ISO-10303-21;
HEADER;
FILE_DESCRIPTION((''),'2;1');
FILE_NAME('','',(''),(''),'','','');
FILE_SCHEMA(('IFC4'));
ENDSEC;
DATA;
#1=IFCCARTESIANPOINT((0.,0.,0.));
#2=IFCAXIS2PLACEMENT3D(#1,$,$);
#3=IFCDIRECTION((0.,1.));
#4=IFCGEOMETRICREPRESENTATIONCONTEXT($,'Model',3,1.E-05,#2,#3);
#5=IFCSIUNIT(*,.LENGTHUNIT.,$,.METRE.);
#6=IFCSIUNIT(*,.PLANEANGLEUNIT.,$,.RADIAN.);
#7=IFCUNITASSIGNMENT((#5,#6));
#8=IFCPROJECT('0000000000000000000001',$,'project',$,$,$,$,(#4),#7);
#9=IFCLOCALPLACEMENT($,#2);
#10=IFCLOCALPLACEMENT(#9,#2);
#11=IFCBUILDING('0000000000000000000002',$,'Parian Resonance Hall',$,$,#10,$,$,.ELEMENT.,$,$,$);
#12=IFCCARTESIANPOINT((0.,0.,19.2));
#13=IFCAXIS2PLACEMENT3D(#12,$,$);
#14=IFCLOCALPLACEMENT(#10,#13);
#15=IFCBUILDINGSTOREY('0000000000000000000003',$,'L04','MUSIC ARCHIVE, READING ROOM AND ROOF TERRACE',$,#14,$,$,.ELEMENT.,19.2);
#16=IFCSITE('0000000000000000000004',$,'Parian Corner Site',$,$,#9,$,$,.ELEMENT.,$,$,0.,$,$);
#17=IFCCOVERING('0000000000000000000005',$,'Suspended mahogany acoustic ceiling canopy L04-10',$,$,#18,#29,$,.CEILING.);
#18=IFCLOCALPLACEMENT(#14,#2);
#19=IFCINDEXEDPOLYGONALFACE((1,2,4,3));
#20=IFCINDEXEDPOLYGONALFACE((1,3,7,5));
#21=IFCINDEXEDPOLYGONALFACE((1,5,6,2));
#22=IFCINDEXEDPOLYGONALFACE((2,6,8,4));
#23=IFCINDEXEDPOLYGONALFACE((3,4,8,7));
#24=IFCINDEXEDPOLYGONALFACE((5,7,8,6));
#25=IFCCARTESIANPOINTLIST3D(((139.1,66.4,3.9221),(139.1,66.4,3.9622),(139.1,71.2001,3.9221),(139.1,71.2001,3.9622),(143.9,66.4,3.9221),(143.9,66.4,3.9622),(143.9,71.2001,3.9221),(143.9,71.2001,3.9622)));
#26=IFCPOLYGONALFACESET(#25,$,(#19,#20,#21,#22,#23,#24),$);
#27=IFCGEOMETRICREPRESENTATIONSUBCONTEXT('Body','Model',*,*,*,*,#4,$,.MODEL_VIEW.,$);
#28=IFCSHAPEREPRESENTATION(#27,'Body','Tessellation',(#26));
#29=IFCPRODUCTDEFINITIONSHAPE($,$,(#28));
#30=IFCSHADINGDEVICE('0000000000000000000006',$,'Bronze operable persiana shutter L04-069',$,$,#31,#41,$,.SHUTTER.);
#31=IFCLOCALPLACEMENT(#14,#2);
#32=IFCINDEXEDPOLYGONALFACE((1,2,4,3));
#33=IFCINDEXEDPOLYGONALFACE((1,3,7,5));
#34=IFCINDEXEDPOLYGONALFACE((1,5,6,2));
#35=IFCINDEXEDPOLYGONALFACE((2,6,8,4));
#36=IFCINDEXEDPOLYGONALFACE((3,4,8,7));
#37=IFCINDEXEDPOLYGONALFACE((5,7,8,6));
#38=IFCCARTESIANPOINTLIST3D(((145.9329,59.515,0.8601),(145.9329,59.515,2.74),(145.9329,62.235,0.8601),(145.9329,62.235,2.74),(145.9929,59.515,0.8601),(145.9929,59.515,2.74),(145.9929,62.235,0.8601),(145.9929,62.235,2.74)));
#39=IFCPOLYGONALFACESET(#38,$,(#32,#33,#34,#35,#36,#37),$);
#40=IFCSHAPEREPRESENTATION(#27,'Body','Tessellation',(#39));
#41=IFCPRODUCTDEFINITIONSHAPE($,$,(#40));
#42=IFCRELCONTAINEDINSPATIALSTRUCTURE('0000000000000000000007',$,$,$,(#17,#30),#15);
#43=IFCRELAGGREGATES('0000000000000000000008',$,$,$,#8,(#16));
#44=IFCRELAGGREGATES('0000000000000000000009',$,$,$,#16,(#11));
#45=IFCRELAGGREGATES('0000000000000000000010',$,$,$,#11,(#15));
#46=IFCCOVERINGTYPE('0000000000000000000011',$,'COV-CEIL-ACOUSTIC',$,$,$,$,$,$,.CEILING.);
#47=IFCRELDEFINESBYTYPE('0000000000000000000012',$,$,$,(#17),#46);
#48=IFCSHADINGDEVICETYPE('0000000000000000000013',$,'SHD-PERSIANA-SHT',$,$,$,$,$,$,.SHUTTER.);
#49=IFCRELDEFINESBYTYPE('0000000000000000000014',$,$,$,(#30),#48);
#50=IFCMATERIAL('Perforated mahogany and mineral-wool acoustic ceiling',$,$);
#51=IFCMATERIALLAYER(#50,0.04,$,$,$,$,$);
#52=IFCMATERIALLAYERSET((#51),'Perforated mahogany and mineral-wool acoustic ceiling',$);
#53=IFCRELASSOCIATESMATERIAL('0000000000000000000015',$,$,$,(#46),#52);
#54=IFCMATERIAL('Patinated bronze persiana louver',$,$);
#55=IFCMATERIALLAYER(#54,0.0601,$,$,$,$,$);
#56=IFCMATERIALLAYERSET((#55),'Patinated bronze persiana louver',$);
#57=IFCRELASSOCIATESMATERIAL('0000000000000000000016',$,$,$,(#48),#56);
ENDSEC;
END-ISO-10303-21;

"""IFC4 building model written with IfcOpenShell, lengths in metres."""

from ifc_helpers import new_model, si_unit, direction, frame, origin, origin_2d, place, context, subcontext, project, spatial, rectangle, extrude, material, layer, layer_set, type_object, element, save


model = new_model("IFC4")

# Units and contexts
model_context = context("Model", 3, precision=1e-05, world=origin(), true_north=direction((0.0, 1.0)))
body_context = subcontext(model_context, "Body", "Model", "MODEL_VIEW")
ifc_project = project(units=[si_unit("LENGTHUNIT", "METRE"), si_unit("PLANEANGLEUNIT", "RADIAN")], contexts=[model_context])

# Site, building, storey
site_placement = place(None, origin())
site = spatial("IfcSite", under=ifc_project, at=site_placement, Name="Parian Corner Site", CompositionType="ELEMENT", RefElevation=0.0)
building_placement = place(site_placement, origin())
building = spatial("IfcBuilding", under=site, at=building_placement, Name="Parian Resonance Hall", CompositionType="ELEMENT")
storey_placement = place(building_placement, frame((0.0, 0.0, 19.2)))
storey = spatial("IfcBuildingStorey", under=building, at=storey_placement, Name="L04", Description="MUSIC ARCHIVE, READING ROOM AND ROOF TERRACE", CompositionType="ELEMENT", Elevation=19.2)

# Covering
ifc_material_1 = material(Name="Perforated mahogany and mineral-wool acoustic ceiling")
ifc_layer_1 = layer(ifc_material_1, 0.04)
ifc_layer_set_1 = layer_set([ifc_layer_1], Name="Perforated mahogany and mineral-wool acoustic ceiling")
covering_type = type_object("IfcCoveringType", Name="COV-CEIL-ACOUSTIC", PredefinedType="CEILING", material=ifc_layer_set_1)
covering_placement = place(storey_placement, frame((141.5, 68.8, 3.9221), z_axis=(0.0, 0.0, 1.0), x_axis=(1.0, 0.0, 0.0)))
element("IfcCovering", 1, at=covering_placement, inside=storey, type_object=covering_type, Name="Suspended mahogany acoustic ceiling canopy L04-10", PredefinedType="CEILING", context=body_context, shape_type="SweptSolid", body=[
    extrude(rectangle(XDim=4.8, YDim=4.8, at=origin_2d()), origin(), (0.0, 0.0, 1.0), 0.04),
])

# Shading device
ifc_material_2 = material(Name="Patinated bronze persiana louver")
ifc_layer_2 = layer(ifc_material_2, 0.0601)
ifc_layer_set_2 = layer_set([ifc_layer_2], Name="Patinated bronze persiana louver")
shading_device_type = type_object("IfcShadingDeviceType", Name="SHD-PERSIANA-SHT", PredefinedType="SHUTTER", material=ifc_layer_set_2)
shading_device_placement = place(storey_placement, frame((145.9629, 60.875, 0.8601), z_axis=(0.0, 0.0, 1.0), x_axis=(0.0, -1.0, 0.0)))
element("IfcShadingDevice", 2, at=shading_device_placement, inside=storey, type_object=shading_device_type, Name="Bronze operable persiana shutter L04-069", PredefinedType="SHUTTER", context=body_context, shape_type="SweptSolid", body=[
    extrude(rectangle(XDim=2.72, YDim=0.0601, at=origin_2d()), origin(), (0.0, 0.0, 1.0), 1.8799),
])

save(model, "model.ifc")
